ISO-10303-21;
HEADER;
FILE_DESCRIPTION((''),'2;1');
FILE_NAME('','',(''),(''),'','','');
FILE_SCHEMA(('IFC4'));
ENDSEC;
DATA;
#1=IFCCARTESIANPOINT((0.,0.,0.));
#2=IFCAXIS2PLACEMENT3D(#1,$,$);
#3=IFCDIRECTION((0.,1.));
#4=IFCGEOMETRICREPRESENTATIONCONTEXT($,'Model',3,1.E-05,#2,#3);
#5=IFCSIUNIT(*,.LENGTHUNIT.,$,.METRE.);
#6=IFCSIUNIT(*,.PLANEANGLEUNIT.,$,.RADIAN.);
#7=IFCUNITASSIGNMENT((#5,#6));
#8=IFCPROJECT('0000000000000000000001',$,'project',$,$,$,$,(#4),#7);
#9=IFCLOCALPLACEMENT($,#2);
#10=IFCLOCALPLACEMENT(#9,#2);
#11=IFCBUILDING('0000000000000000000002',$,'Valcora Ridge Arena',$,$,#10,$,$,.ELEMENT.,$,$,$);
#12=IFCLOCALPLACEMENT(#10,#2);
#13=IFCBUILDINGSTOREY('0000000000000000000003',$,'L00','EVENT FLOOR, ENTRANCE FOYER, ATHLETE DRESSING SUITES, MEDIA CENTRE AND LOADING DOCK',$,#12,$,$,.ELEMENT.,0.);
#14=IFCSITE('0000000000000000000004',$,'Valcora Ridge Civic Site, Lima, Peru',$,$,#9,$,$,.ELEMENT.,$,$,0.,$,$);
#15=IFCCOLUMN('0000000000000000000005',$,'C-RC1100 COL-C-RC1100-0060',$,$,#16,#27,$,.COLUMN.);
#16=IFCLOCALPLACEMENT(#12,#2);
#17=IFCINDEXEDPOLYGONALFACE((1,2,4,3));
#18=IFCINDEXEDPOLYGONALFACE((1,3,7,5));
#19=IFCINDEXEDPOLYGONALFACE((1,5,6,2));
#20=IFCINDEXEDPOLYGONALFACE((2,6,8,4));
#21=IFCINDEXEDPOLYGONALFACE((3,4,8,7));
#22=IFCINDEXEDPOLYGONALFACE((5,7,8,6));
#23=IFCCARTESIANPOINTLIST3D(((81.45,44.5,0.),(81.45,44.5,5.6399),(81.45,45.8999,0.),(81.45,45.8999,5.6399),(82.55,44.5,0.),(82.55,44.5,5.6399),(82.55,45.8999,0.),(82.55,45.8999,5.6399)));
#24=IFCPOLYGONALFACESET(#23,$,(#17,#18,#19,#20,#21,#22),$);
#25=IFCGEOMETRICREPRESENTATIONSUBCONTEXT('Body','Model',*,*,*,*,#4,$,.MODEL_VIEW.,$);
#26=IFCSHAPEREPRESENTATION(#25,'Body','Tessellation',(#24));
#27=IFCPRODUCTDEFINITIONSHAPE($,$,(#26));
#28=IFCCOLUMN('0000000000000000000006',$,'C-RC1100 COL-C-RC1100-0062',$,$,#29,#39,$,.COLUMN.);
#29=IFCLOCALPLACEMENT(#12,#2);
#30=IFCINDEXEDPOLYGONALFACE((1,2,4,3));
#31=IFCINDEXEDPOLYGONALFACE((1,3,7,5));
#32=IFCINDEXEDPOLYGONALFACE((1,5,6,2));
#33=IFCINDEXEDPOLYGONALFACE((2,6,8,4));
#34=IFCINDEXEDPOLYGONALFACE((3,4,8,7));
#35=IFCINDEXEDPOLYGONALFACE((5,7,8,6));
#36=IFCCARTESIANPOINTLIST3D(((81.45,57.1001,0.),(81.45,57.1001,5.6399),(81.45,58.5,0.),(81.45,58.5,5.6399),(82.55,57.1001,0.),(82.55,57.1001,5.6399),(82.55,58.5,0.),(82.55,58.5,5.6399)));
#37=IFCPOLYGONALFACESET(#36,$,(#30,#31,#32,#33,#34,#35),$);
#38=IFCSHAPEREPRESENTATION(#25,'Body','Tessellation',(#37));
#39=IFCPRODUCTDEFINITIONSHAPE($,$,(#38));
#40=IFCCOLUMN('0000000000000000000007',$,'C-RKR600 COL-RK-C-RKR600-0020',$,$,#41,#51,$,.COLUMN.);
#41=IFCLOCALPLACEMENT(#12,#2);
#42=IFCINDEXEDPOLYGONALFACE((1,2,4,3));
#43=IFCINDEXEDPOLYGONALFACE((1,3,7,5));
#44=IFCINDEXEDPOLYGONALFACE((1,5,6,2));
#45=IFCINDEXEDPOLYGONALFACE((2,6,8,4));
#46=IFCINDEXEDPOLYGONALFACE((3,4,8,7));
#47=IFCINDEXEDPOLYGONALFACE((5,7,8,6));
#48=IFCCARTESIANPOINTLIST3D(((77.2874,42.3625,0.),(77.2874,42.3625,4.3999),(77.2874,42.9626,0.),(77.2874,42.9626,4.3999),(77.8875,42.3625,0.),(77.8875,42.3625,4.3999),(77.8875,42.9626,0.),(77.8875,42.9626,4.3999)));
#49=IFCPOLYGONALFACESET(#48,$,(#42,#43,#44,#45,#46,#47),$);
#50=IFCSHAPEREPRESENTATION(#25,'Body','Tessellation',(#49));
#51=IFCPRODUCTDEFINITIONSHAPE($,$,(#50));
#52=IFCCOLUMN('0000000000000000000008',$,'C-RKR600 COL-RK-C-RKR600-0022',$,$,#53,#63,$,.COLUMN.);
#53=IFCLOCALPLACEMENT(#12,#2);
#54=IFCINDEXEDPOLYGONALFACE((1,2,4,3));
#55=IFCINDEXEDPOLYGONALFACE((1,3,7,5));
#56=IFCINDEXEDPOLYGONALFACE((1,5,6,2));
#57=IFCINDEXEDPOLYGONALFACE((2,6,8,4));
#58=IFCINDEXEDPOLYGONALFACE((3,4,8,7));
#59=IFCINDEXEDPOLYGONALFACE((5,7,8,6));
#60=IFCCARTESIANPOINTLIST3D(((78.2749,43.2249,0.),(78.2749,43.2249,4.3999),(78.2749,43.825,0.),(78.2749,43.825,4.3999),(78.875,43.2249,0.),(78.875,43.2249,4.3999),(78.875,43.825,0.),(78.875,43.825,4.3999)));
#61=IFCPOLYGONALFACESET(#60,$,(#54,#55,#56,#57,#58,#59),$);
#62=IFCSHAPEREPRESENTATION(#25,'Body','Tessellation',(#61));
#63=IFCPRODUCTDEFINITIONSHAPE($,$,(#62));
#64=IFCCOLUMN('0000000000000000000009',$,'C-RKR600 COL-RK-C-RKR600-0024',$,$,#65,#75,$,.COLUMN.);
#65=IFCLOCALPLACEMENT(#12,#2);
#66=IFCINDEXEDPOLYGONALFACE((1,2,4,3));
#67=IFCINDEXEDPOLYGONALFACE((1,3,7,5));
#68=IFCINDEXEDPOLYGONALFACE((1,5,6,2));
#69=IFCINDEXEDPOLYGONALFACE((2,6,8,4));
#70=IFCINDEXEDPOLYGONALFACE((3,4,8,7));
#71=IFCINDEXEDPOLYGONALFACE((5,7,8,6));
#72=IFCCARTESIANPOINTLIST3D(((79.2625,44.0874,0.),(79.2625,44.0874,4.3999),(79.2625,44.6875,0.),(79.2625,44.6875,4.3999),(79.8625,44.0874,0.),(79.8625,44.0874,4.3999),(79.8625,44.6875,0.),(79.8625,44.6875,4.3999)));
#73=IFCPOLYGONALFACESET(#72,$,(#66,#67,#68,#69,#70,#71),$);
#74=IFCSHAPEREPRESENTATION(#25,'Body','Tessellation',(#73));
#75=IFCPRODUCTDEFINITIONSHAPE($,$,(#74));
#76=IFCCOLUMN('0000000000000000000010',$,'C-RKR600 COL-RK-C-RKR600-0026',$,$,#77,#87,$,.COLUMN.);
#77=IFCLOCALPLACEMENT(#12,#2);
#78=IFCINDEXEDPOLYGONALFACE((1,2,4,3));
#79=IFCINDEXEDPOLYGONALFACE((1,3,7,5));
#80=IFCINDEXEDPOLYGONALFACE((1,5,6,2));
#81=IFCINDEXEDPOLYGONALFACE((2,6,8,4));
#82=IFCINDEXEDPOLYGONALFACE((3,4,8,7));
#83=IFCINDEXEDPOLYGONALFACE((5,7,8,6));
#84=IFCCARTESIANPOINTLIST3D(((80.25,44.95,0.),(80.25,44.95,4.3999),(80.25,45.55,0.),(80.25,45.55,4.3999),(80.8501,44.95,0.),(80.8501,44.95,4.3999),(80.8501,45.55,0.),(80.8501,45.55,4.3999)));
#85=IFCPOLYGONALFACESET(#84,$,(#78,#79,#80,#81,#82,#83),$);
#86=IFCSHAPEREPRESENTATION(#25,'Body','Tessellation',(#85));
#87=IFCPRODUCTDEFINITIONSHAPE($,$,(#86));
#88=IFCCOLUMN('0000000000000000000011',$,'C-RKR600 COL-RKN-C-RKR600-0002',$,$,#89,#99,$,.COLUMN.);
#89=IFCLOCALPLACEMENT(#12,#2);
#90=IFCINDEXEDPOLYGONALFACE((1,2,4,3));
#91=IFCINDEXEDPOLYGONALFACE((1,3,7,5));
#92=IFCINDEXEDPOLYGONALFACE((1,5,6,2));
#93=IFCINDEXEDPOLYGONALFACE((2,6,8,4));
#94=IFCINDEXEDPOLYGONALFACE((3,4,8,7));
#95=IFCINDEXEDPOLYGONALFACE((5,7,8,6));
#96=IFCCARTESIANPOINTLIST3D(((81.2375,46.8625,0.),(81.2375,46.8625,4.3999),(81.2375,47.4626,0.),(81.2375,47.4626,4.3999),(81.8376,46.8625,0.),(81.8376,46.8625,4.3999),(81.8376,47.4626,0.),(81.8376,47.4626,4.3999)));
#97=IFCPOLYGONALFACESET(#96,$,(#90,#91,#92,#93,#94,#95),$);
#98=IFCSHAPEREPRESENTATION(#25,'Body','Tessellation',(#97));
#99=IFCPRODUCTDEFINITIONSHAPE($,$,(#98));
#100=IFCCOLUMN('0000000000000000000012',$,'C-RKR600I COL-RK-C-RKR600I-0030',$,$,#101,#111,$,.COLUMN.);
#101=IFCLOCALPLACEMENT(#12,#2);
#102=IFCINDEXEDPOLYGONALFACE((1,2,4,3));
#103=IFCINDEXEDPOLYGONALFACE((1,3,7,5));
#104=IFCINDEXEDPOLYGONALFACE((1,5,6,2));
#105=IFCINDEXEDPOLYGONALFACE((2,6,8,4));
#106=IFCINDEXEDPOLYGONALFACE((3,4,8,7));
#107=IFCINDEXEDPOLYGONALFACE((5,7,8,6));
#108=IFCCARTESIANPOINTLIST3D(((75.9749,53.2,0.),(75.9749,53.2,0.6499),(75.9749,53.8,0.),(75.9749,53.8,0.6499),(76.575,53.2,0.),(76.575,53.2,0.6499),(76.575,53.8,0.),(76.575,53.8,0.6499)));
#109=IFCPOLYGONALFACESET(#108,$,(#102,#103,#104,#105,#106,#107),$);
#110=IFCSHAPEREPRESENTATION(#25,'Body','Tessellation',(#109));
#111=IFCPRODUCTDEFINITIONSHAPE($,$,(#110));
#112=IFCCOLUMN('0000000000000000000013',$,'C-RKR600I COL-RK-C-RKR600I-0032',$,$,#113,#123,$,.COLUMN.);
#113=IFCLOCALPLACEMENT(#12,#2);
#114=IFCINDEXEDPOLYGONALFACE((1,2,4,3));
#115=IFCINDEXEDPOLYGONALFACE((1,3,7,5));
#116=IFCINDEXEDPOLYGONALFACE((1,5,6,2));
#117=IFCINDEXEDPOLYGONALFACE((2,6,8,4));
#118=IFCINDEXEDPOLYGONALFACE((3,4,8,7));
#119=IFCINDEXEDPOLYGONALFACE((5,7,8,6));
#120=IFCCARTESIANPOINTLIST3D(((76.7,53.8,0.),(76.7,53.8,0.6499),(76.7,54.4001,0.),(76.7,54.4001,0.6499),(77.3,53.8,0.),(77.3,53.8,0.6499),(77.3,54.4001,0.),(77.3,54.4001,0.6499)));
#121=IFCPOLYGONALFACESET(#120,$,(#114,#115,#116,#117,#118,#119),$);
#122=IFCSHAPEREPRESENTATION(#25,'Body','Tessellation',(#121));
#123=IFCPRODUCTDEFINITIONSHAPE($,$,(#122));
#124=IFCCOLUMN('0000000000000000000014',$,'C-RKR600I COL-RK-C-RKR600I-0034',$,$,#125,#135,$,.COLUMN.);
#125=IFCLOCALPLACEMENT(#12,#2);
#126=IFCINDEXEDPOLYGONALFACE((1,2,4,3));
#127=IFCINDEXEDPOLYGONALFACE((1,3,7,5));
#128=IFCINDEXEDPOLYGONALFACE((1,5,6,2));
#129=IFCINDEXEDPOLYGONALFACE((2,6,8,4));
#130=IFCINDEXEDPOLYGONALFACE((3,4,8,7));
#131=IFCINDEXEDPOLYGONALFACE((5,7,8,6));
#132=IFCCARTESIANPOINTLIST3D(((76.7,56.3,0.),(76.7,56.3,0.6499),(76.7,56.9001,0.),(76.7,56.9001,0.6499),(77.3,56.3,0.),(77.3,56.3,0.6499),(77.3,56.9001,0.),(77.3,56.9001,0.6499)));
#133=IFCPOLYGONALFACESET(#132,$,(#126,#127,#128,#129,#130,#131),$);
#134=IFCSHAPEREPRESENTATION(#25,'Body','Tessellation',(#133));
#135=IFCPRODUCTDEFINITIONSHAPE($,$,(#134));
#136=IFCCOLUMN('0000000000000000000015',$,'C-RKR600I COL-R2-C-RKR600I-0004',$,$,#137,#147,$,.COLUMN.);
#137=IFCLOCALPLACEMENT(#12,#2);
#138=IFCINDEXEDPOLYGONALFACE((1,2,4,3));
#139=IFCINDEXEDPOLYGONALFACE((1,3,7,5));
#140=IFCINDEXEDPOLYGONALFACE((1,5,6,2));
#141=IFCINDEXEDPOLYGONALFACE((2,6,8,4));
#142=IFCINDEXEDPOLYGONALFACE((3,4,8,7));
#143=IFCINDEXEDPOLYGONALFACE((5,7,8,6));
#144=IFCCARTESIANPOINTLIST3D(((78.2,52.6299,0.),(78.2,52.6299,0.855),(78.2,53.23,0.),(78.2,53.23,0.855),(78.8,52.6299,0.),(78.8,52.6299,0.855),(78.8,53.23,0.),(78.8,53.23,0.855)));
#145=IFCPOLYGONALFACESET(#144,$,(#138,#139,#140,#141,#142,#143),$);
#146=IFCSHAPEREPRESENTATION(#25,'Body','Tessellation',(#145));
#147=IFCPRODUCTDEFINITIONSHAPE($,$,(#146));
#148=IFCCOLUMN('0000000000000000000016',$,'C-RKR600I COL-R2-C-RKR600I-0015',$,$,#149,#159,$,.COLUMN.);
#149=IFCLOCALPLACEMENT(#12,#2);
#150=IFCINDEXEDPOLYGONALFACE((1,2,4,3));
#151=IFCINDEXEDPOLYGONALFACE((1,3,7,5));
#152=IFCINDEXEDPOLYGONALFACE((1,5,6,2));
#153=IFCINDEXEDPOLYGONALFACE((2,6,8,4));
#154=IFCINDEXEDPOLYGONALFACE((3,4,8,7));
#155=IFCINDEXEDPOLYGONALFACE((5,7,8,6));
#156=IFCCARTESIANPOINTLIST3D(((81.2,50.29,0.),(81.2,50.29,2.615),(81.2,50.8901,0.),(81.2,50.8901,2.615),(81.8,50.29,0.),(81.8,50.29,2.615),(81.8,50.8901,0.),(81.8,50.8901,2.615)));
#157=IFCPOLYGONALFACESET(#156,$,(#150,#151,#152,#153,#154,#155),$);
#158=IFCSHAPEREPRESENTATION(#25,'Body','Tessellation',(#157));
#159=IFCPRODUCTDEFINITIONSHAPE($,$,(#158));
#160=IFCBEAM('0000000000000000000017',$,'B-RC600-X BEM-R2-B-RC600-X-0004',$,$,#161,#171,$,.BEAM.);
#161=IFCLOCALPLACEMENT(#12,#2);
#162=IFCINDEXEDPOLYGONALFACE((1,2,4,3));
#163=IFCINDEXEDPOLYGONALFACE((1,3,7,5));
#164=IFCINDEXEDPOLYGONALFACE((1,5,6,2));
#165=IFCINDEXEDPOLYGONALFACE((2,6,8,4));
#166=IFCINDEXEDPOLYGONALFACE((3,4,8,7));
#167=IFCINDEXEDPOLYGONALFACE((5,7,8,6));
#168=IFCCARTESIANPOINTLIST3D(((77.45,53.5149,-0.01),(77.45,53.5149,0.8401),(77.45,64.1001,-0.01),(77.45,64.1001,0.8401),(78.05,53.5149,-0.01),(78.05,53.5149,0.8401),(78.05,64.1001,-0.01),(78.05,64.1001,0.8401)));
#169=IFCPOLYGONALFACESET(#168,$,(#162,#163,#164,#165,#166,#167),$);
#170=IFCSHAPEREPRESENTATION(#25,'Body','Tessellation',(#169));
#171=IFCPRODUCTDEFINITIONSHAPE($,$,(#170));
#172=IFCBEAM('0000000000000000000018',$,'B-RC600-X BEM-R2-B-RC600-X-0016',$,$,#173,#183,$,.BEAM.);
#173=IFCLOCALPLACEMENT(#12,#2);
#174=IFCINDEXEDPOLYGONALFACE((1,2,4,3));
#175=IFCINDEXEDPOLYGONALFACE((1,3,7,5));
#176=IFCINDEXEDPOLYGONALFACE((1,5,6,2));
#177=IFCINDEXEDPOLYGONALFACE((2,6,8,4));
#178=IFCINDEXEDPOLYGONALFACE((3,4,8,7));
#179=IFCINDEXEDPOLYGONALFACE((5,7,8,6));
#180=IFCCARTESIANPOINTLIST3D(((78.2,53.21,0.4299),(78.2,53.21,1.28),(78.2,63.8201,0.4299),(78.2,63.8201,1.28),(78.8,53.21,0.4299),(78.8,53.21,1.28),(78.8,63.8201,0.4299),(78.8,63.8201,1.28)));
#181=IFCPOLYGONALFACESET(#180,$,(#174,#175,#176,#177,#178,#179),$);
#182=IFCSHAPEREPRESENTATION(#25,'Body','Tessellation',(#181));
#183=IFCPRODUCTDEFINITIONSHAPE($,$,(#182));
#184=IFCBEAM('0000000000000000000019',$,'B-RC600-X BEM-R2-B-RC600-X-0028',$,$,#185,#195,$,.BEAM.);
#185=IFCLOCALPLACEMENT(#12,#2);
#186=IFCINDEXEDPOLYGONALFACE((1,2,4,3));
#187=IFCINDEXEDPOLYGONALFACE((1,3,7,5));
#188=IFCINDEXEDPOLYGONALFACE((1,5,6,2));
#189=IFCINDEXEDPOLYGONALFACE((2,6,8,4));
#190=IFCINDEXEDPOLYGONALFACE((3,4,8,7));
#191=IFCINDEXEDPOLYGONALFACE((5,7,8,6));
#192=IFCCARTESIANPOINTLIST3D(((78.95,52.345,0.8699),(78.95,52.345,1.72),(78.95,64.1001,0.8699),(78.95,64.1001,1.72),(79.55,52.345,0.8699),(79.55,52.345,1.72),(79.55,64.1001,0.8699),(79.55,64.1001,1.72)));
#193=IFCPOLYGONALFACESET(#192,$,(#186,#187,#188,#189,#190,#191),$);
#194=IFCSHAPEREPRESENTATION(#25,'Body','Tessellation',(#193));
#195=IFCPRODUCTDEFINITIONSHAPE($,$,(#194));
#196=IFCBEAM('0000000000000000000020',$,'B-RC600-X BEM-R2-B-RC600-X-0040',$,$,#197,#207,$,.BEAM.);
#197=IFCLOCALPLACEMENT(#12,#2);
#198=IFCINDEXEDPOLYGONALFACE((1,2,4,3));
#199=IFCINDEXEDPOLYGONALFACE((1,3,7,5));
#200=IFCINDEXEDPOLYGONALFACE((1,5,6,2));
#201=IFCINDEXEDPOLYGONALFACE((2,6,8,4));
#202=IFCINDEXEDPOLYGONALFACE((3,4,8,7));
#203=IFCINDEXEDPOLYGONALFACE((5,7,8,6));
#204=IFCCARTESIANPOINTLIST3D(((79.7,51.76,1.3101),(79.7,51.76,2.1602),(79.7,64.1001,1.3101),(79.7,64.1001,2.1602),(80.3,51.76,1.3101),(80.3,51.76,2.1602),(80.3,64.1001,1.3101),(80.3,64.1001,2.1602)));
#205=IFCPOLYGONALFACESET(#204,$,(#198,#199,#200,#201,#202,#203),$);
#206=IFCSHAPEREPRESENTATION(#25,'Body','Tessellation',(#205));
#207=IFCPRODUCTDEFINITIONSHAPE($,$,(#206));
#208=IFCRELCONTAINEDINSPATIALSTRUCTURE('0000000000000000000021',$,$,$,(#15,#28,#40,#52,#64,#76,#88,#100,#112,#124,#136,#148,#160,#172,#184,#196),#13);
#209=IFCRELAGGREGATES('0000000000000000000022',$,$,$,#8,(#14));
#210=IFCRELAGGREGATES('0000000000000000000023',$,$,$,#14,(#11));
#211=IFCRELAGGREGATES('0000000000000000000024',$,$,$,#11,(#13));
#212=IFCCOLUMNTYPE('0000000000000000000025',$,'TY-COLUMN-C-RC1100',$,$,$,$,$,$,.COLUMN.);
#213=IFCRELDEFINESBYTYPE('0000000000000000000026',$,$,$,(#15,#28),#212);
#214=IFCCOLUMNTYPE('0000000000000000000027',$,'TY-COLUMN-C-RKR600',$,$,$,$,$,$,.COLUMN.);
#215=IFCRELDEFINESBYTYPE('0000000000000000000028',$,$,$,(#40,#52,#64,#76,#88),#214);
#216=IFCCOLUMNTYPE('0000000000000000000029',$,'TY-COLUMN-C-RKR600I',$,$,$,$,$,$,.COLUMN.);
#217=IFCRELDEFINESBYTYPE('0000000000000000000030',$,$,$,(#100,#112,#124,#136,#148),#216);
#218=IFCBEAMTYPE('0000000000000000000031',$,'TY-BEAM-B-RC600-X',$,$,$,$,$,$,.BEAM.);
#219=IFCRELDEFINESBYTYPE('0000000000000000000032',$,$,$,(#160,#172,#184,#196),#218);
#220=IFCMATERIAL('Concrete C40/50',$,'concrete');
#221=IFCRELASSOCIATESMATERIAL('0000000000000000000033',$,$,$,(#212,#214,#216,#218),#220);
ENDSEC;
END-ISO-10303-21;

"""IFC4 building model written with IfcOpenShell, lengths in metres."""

from ifc_helpers import new_model, si_unit, direction, frame, origin, origin_2d, place, context, subcontext, project, spatial, rectangle, extrude, material, material_profile, profile_set, type_object, element, save


model = new_model("IFC4")

# Units and contexts
model_context = context("Model", 3, precision=1e-05, world=origin(), true_north=direction((0.0, 1.0)))
body_context = subcontext(model_context, "Body", "Model", "MODEL_VIEW")
ifc_project = project(units=[si_unit("LENGTHUNIT", "METRE"), si_unit("PLANEANGLEUNIT", "RADIAN")], contexts=[model_context])

# Site, building, storey
site_placement = place(None, origin())
site = spatial("IfcSite", under=ifc_project, at=site_placement, Name="Valcora Ridge Civic Site, Lima, Peru", CompositionType="ELEMENT", RefElevation=0.0)
building_placement = place(site_placement, origin())
building = spatial("IfcBuilding", under=site, at=building_placement, Name="Valcora Ridge Arena", CompositionType="ELEMENT")
storey_placement = place(building_placement, origin())
storey = spatial("IfcBuildingStorey", under=building, at=storey_placement, Name="L00", Description="EVENT FLOOR, ENTRANCE FOYER, ATHLETE DRESSING SUITES, MEDIA CENTRE AND LOADING DOCK", CompositionType="ELEMENT", Elevation=0.0)

# Columns
ifc_material_1 = material(Name="Concrete C40/50", Category="concrete")
ifc_material_profile_1 = material_profile(ifc_material_1, rectangle(XDim=1.1001, YDim=1.3999, at=origin_2d()), Name="RC 1100x1400")
ifc_profile_set_1 = profile_set([ifc_material_profile_1], Name="Concrete C40/50")
column_type_1 = type_object("IfcColumnType", Name="TY-COLUMN-C-RC1100", PredefinedType="COLUMN", material=ifc_profile_set_1)
for number, where, z_axis, x_axis, name in (
    (1, (82.0, 45.2, 0.0), (0.0, 0.0, 1.0), (1.0, 0.0, 0.0), "C-RC1100 COL-C-RC1100-0060"),
    (2, (82.0, 57.8, 0.0), (0.0, 0.0, 1.0), (1.0, 0.0, 0.0), "C-RC1100 COL-C-RC1100-0062"),
):
    element("IfcColumn", number, at=place(storey_placement, frame(where, z_axis=z_axis, x_axis=x_axis)), inside=storey, type_object=column_type_1, Name=name, PredefinedType="COLUMN", context=body_context, shape_type="SweptSolid", body=[
        extrude(rectangle(XDim=1.1001, YDim=1.3999, at=origin_2d()), origin(), (0.0, 0.0, 1.0), 5.6399),
    ])
ifc_material_profile_2 = material_profile(ifc_material_1, rectangle(XDim=0.6001, YDim=0.6001, at=origin_2d()), Name="RC 600x600")
ifc_profile_set_2 = profile_set([ifc_material_profile_2], Name="Concrete C40/50")
column_type_2 = type_object("IfcColumnType", Name="TY-COLUMN-C-RKR600", PredefinedType="COLUMN", material=ifc_profile_set_2)
for number, where, z_axis, x_axis, name in (
    (3, (77.5874, 42.6626, 0.0), (0.0, 0.0, 1.0), (1.0, 0.0, 0.0), "C-RKR600 COL-RK-C-RKR600-0020"),
    (4, (78.575, 43.5249, 0.0), (0.0, 0.0, 1.0), (1.0, 0.0, 0.0), "C-RKR600 COL-RK-C-RKR600-0022"),
    (5, (79.5625, 44.3875, 0.0), (0.0, 0.0, 1.0), (1.0, 0.0, 0.0), "C-RKR600 COL-RK-C-RKR600-0024"),
    (6, (80.55, 45.25, 0.0), (0.0, 0.0, 1.0), (1.0, 0.0, 0.0), "C-RKR600 COL-RK-C-RKR600-0026"),
    (7, (81.5376, 47.1626, 0.0), (0.0, 0.0, 1.0), (1.0, 0.0, 0.0), "C-RKR600 COL-RKN-C-RKR600-0002"),
):
    element("IfcColumn", number, at=place(storey_placement, frame(where, z_axis=z_axis, x_axis=x_axis)), inside=storey, type_object=column_type_2, Name=name, PredefinedType="COLUMN", context=body_context, shape_type="SweptSolid", body=[
        extrude(rectangle(XDim=0.6001, YDim=0.6001, at=origin_2d()), origin(), (0.0, 0.0, 1.0), 4.3999),
    ])
ifc_material_profile_3 = material_profile(ifc_material_1, rectangle(XDim=0.6001, YDim=0.6001, at=origin_2d()), Name="RC 600x600")
ifc_profile_set_3 = profile_set([ifc_material_profile_3], Name="Concrete C40/50")
column_type_3 = type_object("IfcColumnType", Name="TY-COLUMN-C-RKR600I", PredefinedType="COLUMN", material=ifc_profile_set_3)
for number, where, z_axis, x_axis, name in (
    (8, (76.2749, 53.5, 0.0), (0.0, 0.0, 1.0), (1.0, 0.0, 0.0), "C-RKR600I COL-RK-C-RKR600I-0030"),
    (9, (77.0, 54.1001, 0.0), (0.0, 0.0, 1.0), (1.0, 0.0, 0.0), "C-RKR600I COL-RK-C-RKR600I-0032"),
    (10, (77.0, 56.6001, 0.0), (0.0, 0.0, 1.0), (1.0, 0.0, 0.0), "C-RKR600I COL-RK-C-RKR600I-0034"),
):
    element("IfcColumn", number, at=place(storey_placement, frame(where, z_axis=z_axis, x_axis=x_axis)), inside=storey, type_object=column_type_3, Name=name, PredefinedType="COLUMN", context=body_context, shape_type="SweptSolid", body=[
        extrude(rectangle(XDim=0.6001, YDim=0.6001, at=origin_2d()), origin(), (0.0, 0.0, 1.0), 0.6499),
    ])
column_1_placement = place(storey_placement, frame((78.5, 52.9299, 0.0), z_axis=(0.0, 0.0, 1.0), x_axis=(1.0, 0.0, 0.0)))
element("IfcColumn", 11, at=column_1_placement, inside=storey, type_object=column_type_3, Name="C-RKR600I COL-R2-C-RKR600I-0004", PredefinedType="COLUMN", context=body_context, shape_type="SweptSolid", body=[
    extrude(rectangle(XDim=0.6001, YDim=0.6001, at=origin_2d()), origin(), (0.0, 0.0, 1.0), 0.855),
])
column_2_placement = place(storey_placement, frame((81.5, 50.5901, 0.0), z_axis=(0.0, 0.0, 1.0), x_axis=(1.0, 0.0, 0.0)))
element("IfcColumn", 12, at=column_2_placement, inside=storey, type_object=column_type_3, Name="C-RKR600I COL-R2-C-RKR600I-0015", PredefinedType="COLUMN", context=body_context, shape_type="SweptSolid", body=[
    extrude(rectangle(XDim=0.6001, YDim=0.6001, at=origin_2d()), origin(), (0.0, 0.0, 1.0), 2.615),
])

# Beams
ifc_material_profile_4 = material_profile(ifc_material_1, rectangle(XDim=0.6001, YDim=0.8501, at=origin_2d()), Name="RC 600x850")
ifc_profile_set_4 = profile_set([ifc_material_profile_4], Name="Concrete C40/50")
beam_type = type_object("IfcBeamType", Name="TY-BEAM-B-RC600-X", PredefinedType="BEAM", material=ifc_profile_set_4)
beam_1_placement = place(storey_placement, frame((77.75, 53.5149, 0.415), z_axis=(0.0, 1.0, 0.0), x_axis=(-1.0, 0.0, 0.0)))
element("IfcBeam", 13, at=beam_1_placement, inside=storey, type_object=beam_type, Name="B-RC600-X BEM-R2-B-RC600-X-0004", PredefinedType="BEAM", context=body_context, shape_type="SweptSolid", body=[
    extrude(rectangle(XDim=0.6001, YDim=0.8501, at=origin_2d()), origin(), (0.0, 0.0, 1.0), 10.5852),
])
beam_2_placement = place(storey_placement, frame((78.5, 53.21, 0.855), z_axis=(0.0, 1.0, 0.0), x_axis=(-1.0, 0.0, 0.0)))
element("IfcBeam", 14, at=beam_2_placement, inside=storey, type_object=beam_type, Name="B-RC600-X BEM-R2-B-RC600-X-0016", PredefinedType="BEAM", context=body_context, shape_type="SweptSolid", body=[
    extrude(rectangle(XDim=0.6001, YDim=0.8501, at=origin_2d()), origin(), (0.0, 0.0, 1.0), 10.6101),
])
beam_3_placement = place(storey_placement, frame((79.25, 52.345, 1.2949), z_axis=(0.0, 1.0, 0.0), x_axis=(-1.0, 0.0, 0.0)))
element("IfcBeam", 15, at=beam_3_placement, inside=storey, type_object=beam_type, Name="B-RC600-X BEM-R2-B-RC600-X-0028", PredefinedType="BEAM", context=body_context, shape_type="SweptSolid", body=[
    extrude(rectangle(XDim=0.6001, YDim=0.8501, at=origin_2d()), origin(), (0.0, 0.0, 1.0), 11.7551),
])
beam_4_placement = place(storey_placement, frame((80.0, 51.76, 1.7351), z_axis=(0.0, 1.0, 0.0), x_axis=(-1.0, 0.0, 0.0)))
element("IfcBeam", 16, at=beam_4_placement, inside=storey, type_object=beam_type, Name="B-RC600-X BEM-R2-B-RC600-X-0040", PredefinedType="BEAM", context=body_context, shape_type="SweptSolid", body=[
    extrude(rectangle(XDim=0.6001, YDim=0.8501, at=origin_2d()), origin(), (0.0, 0.0, 1.0), 12.3401),
])

save(model, "model.ifc")
